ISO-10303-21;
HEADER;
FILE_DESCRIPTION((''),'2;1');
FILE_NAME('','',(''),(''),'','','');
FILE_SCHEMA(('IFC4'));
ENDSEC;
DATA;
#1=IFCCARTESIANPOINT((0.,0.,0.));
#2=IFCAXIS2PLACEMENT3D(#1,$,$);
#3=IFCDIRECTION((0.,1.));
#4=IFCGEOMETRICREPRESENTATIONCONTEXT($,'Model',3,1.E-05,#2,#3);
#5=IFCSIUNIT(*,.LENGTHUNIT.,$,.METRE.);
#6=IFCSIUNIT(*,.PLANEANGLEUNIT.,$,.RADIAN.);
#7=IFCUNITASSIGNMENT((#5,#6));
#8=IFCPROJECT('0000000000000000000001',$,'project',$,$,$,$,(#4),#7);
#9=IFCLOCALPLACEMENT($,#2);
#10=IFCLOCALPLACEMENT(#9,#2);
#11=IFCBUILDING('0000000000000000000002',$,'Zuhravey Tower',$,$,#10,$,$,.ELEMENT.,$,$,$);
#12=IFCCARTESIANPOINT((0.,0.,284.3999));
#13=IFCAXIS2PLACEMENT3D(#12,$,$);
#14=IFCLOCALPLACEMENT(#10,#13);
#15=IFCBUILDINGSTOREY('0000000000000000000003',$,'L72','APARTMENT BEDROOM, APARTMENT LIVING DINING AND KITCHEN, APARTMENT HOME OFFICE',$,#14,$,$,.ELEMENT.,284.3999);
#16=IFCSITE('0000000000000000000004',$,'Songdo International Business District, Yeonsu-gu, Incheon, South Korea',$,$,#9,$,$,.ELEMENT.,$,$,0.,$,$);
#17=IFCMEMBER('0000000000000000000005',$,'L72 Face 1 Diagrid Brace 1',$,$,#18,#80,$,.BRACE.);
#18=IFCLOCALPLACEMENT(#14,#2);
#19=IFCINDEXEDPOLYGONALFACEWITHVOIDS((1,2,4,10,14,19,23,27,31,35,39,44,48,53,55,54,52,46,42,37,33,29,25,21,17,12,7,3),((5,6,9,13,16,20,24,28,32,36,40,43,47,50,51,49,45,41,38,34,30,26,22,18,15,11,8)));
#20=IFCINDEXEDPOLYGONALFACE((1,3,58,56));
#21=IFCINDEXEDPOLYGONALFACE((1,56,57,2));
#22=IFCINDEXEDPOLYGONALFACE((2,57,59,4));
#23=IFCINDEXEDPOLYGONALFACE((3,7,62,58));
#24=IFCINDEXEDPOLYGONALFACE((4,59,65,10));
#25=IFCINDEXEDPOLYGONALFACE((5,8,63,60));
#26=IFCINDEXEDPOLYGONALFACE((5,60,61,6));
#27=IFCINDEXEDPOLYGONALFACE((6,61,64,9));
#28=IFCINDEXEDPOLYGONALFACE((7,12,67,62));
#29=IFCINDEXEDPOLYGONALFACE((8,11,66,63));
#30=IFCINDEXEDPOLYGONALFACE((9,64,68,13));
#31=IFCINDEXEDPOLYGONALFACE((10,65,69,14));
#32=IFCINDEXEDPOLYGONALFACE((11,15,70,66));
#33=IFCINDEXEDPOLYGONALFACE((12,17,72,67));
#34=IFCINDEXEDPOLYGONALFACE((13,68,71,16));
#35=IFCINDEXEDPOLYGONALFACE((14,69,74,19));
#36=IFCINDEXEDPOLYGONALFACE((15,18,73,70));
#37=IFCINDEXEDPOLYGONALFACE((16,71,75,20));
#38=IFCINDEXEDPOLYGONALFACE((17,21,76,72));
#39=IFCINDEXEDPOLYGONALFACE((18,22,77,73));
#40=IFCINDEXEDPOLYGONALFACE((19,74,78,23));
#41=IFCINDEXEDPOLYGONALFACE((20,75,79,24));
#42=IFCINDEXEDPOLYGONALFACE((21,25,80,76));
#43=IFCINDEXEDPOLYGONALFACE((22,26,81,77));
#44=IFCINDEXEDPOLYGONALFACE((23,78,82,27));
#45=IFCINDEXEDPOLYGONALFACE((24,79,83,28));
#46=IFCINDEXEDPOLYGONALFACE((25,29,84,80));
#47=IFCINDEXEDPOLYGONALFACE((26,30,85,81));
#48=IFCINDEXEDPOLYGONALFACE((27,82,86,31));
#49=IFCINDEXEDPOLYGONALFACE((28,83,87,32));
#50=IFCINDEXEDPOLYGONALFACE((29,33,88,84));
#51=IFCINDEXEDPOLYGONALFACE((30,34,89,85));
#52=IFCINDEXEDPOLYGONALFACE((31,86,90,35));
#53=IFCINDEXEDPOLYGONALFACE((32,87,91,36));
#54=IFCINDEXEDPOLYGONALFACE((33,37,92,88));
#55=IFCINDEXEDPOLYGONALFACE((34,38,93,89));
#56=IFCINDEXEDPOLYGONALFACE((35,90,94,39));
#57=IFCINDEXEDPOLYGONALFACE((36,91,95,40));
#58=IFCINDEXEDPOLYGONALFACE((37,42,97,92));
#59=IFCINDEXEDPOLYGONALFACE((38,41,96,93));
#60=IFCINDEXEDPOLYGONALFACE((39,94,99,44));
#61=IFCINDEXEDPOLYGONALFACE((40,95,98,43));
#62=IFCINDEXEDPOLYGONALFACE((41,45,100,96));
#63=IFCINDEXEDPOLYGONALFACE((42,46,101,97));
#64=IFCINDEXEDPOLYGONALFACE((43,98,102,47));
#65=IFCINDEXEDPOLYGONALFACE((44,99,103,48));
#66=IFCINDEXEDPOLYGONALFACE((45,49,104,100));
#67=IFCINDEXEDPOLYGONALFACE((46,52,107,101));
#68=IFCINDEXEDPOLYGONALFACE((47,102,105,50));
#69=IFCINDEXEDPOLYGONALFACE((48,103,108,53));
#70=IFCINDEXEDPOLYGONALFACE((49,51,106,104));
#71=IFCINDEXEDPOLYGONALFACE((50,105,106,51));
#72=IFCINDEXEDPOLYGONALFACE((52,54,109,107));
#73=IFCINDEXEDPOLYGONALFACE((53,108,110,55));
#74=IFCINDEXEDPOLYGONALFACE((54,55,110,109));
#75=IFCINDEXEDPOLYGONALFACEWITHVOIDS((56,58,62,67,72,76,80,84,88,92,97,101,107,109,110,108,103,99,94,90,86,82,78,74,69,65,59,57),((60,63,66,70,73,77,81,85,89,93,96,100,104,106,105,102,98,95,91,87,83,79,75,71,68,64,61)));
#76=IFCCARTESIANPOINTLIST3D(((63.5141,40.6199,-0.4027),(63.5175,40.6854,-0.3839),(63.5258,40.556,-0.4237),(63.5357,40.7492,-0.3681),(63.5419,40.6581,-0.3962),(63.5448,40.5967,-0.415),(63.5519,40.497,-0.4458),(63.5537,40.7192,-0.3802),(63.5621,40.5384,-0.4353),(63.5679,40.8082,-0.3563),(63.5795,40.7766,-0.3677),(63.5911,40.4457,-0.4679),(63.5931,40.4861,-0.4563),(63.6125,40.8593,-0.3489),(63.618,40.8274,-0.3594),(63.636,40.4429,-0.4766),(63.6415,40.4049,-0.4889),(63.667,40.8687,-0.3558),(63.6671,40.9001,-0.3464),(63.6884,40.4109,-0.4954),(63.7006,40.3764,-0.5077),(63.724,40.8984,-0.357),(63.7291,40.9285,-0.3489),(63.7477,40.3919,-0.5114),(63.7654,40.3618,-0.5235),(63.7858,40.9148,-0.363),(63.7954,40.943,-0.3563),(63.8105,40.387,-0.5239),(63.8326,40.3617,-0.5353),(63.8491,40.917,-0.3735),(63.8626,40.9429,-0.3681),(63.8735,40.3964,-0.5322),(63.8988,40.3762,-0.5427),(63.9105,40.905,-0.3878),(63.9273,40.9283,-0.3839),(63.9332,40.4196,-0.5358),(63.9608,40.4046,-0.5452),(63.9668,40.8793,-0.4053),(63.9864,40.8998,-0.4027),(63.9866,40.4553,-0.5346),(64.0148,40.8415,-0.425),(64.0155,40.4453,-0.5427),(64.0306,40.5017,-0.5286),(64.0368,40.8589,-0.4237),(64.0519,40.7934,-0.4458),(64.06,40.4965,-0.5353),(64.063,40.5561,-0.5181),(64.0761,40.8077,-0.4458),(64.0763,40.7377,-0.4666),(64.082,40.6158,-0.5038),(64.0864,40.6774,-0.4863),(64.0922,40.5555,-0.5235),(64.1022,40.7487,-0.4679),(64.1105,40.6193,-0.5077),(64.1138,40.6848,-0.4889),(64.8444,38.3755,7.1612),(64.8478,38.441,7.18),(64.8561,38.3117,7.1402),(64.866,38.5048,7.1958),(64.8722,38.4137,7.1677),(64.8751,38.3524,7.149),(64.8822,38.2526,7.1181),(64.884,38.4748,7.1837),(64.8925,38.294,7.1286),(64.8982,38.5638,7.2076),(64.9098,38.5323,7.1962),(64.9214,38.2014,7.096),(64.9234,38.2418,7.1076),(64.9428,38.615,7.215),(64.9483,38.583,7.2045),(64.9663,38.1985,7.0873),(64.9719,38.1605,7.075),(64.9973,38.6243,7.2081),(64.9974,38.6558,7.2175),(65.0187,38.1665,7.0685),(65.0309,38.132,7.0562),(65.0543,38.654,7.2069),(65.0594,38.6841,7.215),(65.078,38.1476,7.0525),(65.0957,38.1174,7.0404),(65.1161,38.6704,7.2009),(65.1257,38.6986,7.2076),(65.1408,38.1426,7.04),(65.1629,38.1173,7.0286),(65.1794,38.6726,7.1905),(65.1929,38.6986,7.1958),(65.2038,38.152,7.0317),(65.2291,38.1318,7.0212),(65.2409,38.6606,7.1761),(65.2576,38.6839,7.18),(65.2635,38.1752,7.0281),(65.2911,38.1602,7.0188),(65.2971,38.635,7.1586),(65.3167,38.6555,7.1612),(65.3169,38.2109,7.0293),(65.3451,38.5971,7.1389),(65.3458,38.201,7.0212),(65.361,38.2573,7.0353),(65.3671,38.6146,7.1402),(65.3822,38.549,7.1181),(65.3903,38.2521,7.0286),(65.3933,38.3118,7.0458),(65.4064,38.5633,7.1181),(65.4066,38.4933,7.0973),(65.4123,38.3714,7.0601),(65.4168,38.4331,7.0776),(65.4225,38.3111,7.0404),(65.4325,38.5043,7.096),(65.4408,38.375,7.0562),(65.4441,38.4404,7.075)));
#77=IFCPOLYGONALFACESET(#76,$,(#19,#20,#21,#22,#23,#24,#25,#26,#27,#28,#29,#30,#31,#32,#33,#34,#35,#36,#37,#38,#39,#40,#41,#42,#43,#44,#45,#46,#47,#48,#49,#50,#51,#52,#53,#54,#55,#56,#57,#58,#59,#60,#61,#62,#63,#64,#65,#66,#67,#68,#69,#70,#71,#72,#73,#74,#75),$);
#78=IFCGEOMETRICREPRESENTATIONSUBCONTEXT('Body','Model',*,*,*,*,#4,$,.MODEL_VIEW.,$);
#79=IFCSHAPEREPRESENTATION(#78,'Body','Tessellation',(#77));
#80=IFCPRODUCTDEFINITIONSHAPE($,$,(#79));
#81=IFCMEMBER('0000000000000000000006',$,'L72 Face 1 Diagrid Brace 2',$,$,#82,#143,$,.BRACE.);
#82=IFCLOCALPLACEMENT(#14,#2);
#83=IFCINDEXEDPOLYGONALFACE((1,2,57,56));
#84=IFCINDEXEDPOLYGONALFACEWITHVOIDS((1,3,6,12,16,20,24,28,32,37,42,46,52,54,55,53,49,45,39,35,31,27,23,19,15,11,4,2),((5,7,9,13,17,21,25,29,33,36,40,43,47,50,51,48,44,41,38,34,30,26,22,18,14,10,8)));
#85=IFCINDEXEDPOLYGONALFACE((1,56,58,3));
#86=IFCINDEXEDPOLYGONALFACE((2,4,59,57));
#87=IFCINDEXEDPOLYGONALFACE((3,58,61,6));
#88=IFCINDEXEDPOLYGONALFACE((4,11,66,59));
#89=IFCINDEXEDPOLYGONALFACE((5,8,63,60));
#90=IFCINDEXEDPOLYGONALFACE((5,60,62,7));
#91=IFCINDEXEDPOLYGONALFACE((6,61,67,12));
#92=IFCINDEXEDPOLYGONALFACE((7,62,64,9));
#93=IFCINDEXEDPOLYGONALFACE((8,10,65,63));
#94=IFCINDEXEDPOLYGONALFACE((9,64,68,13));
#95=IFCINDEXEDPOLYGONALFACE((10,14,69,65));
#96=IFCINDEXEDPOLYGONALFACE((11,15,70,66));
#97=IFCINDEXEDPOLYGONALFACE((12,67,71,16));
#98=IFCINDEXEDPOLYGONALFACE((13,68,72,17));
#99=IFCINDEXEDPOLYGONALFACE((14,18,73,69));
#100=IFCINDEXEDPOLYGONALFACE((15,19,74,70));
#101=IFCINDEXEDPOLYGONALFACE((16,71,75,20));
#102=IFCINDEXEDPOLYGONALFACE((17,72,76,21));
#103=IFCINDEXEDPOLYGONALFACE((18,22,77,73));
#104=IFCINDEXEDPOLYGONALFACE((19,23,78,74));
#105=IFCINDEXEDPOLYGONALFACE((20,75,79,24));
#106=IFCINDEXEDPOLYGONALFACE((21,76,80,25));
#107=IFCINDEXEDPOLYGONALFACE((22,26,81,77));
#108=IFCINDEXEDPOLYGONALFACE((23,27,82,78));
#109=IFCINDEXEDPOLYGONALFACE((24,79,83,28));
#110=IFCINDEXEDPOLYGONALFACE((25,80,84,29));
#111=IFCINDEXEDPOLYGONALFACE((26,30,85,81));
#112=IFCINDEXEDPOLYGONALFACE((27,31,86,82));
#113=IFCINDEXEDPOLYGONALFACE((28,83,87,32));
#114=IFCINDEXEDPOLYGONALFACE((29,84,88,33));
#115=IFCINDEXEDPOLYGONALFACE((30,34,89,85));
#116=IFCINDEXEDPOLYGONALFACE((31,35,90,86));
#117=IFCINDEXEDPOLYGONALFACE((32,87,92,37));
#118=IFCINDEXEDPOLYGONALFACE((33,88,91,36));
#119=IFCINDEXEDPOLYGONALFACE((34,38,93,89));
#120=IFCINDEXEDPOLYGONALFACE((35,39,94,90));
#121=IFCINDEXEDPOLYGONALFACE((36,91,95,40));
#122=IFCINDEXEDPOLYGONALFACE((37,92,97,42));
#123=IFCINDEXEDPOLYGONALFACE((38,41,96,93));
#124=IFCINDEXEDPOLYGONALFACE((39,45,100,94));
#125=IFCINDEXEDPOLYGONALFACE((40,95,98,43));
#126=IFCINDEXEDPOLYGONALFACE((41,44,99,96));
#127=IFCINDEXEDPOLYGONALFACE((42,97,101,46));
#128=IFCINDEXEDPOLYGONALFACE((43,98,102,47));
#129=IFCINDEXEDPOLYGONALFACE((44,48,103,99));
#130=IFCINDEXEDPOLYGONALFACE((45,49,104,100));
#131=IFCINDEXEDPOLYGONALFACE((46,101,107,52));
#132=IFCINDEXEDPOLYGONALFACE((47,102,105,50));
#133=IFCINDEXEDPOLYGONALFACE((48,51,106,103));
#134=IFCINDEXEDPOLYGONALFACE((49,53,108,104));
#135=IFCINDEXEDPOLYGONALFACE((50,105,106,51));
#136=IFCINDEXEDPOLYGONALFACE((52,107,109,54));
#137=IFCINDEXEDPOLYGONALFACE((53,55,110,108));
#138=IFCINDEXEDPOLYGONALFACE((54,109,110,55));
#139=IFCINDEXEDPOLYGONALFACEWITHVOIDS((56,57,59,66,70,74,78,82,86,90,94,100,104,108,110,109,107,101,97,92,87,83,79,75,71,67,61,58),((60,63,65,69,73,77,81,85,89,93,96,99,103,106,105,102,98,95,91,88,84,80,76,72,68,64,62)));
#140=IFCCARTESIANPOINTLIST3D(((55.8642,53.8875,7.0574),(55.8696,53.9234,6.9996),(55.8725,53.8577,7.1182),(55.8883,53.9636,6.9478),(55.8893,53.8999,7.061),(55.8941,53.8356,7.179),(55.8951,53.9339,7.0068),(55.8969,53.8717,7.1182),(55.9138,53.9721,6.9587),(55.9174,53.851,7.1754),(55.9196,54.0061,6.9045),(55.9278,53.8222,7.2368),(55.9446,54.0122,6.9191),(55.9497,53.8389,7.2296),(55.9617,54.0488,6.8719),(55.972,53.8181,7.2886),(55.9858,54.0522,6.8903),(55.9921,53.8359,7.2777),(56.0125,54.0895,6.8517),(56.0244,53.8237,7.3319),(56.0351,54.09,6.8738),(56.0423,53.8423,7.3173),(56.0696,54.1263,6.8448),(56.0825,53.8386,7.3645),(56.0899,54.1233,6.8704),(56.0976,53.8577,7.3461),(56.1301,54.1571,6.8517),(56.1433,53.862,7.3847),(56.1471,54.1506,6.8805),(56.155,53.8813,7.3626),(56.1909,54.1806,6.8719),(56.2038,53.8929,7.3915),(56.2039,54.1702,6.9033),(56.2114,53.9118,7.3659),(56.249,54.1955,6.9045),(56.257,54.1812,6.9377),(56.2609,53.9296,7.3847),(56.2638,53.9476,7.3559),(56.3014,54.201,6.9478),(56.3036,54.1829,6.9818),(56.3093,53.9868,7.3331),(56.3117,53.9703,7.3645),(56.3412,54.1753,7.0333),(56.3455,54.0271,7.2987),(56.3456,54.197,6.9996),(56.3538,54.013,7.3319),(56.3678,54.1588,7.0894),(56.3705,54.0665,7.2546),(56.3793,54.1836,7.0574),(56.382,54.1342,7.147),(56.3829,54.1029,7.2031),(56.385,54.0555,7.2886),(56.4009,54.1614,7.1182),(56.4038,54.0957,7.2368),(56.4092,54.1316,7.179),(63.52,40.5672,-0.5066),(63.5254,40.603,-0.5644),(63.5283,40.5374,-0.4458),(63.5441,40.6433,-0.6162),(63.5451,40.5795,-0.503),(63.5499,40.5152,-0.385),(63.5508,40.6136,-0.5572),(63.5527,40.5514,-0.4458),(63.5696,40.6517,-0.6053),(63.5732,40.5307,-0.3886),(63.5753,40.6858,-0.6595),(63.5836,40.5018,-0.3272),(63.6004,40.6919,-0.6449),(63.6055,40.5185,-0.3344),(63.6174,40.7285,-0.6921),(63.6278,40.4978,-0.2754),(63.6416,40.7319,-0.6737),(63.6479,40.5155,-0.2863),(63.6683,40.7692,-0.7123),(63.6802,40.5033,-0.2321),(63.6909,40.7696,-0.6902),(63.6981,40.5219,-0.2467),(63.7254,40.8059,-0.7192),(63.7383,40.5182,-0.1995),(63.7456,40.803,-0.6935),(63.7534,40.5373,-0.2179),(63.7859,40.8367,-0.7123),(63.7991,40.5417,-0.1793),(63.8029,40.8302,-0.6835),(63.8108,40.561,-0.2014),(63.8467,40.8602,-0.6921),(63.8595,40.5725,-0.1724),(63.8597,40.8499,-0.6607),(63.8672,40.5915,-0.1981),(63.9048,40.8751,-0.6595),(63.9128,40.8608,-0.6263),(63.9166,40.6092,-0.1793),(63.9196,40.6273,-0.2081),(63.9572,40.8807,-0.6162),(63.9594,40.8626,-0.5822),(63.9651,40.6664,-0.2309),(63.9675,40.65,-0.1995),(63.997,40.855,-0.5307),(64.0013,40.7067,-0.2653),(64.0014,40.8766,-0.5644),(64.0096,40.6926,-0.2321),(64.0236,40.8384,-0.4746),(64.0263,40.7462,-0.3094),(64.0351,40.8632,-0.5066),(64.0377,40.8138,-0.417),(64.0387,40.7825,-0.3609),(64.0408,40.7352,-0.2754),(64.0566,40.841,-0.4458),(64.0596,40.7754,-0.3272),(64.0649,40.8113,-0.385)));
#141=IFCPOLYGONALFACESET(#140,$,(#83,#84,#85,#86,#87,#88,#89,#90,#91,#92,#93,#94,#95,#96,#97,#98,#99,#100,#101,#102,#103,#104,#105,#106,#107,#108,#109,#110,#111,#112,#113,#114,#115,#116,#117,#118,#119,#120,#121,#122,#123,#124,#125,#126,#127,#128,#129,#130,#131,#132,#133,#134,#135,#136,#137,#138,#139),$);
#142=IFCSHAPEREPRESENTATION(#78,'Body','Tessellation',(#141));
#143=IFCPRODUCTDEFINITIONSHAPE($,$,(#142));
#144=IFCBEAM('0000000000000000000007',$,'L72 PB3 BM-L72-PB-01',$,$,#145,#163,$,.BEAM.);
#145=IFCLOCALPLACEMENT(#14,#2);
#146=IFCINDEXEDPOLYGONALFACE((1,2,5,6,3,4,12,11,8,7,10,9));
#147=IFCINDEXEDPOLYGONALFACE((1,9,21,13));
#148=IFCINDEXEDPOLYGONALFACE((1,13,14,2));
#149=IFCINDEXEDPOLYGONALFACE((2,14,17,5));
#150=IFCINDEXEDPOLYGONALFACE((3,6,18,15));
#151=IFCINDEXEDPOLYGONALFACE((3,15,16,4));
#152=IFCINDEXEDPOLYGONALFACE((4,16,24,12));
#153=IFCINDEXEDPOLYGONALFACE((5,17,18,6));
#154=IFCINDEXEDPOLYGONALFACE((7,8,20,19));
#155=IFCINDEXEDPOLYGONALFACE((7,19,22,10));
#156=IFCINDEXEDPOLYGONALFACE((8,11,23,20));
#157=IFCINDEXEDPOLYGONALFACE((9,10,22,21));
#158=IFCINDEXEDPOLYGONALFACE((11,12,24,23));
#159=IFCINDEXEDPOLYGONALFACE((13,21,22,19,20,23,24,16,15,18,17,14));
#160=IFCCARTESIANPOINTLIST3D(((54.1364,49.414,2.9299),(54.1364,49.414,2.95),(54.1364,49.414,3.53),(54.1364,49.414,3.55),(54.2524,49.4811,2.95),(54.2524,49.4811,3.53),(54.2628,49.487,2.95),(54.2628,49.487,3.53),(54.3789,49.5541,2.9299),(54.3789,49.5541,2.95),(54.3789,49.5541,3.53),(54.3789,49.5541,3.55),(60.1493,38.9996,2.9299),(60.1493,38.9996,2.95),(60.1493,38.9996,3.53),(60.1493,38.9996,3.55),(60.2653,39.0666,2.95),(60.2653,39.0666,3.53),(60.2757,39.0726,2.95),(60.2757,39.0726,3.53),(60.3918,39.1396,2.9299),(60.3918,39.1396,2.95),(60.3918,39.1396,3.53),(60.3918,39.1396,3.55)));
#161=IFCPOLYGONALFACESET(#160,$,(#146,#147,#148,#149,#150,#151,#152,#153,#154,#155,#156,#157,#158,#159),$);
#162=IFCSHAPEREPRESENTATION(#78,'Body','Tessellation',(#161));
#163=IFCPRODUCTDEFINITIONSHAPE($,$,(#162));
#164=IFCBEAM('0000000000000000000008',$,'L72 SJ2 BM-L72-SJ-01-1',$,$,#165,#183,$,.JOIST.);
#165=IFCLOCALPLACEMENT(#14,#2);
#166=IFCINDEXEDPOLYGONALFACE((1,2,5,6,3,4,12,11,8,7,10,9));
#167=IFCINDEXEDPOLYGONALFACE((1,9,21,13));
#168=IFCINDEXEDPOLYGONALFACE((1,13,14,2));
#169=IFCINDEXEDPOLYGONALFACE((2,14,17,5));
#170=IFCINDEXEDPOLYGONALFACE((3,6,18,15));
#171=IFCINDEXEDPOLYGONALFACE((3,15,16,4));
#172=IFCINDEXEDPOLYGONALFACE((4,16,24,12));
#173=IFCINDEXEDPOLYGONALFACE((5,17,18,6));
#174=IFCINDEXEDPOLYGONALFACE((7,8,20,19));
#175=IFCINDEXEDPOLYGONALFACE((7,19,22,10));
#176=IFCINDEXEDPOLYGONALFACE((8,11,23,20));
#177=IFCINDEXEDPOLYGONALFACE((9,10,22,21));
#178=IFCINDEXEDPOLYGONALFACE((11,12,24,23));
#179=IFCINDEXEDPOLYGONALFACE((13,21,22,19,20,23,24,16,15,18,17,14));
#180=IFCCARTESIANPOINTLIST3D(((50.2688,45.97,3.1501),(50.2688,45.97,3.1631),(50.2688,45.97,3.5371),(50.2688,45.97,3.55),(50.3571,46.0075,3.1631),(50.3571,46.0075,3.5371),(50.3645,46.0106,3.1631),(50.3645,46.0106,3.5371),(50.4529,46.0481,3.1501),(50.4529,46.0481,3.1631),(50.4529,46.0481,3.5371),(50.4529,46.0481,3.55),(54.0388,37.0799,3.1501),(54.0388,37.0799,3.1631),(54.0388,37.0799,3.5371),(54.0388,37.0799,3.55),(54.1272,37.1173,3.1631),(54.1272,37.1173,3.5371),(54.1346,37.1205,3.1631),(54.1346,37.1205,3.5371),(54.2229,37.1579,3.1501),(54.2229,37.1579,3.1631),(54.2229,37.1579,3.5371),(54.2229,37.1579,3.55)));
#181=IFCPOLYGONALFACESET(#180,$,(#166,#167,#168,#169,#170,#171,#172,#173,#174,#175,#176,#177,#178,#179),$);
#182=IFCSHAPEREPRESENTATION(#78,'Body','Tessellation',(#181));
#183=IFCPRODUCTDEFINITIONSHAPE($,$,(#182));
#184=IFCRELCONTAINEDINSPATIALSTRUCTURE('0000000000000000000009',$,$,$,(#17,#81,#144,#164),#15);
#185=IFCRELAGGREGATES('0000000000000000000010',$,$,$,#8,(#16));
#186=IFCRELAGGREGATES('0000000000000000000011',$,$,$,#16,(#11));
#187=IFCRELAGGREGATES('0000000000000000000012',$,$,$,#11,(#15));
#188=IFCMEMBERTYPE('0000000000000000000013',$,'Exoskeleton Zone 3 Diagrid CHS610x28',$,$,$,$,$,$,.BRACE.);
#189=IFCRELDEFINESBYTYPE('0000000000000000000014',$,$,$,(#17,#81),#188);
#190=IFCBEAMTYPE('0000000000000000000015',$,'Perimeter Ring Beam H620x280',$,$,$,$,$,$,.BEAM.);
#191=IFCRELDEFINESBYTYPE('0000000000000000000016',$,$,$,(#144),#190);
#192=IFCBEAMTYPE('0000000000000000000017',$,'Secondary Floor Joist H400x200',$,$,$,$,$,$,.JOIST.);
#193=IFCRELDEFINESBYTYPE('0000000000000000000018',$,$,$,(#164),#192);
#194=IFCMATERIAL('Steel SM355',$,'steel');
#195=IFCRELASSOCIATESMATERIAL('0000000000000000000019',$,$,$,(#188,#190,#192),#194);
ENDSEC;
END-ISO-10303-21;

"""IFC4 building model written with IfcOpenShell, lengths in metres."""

from ifc_helpers import new_model, si_unit, direction, frame, origin, origin_2d, place, context, subcontext, project, spatial, hollow_circle, i_section, extrude, material, material_profile, profile_set, type_object, element, save


model = new_model("IFC4")

# Units and contexts
model_context = context("Model", 3, precision=1e-05, world=origin(), true_north=direction((0.0, 1.0)))
body_context = subcontext(model_context, "Body", "Model", "MODEL_VIEW")
ifc_project = project(units=[si_unit("LENGTHUNIT", "METRE"), si_unit("PLANEANGLEUNIT", "RADIAN")], contexts=[model_context])

# Site, building, storey
site_placement = place(None, origin())
site = spatial("IfcSite", under=ifc_project, at=site_placement, Name="Songdo International Business District, Yeonsu-gu, Incheon, South Korea", CompositionType="ELEMENT", RefElevation=0.0)
building_placement = place(site_placement, origin())
building = spatial("IfcBuilding", under=site, at=building_placement, Name="Zuhravey Tower", CompositionType="ELEMENT")
storey_placement = place(building_placement, frame((0.0, 0.0, 284.3999)))
storey = spatial("IfcBuildingStorey", under=building, at=storey_placement, Name="L72", Description="APARTMENT BEDROOM, APARTMENT LIVING DINING AND KITCHEN, APARTMENT HOME OFFICE", CompositionType="ELEMENT", Elevation=284.3999)

# Members
ifc_material_1 = material(Name="Steel SM355", Category="steel")
ifc_material_profile_1 = material_profile(ifc_material_1, hollow_circle(Radius=0.3047, WallThickness=0.0281, at=origin_2d()), Name="CHS-609.6x28")
ifc_profile_set_1 = profile_set([ifc_material_profile_1], Name="Steel SM355")
member_type_1 = type_object("IfcMemberType", Name="Exoskeleton Zone 3 Diagrid CHS610x28", PredefinedType="BRACE", material=ifc_profile_set_1)
member_1_placement = place(storey_placement, frame((63.814, 40.6523, -0.4458), z_axis=(0.166264, -0.280503, 0.945344), x_axis=(0.860238, 0.509892, 0.0)))
element("IfcMember", 1, at=member_1_placement, inside=storey, type_object=member_type_1, Name="L72 Face 1 Diagrid Brace 1", PredefinedType="BRACE", context=body_context, shape_type="SweptSolid", body=[
    extrude(hollow_circle(Radius=0.3047, WallThickness=0.0281, at=origin_2d()), origin(), (0.0, 0.0, 1.0), 8.0012),
])
member_2_placement = place(storey_placement, frame((63.7925, 40.6892, -0.4458), z_axis=(-0.44706, 0.777843, 0.441699), x_axis=(-0.867002, -0.498304, 0.0)))
element("IfcMember", 2, at=member_2_placement, inside=storey, type_object=member_type_1, Name="L72 Face 1 Diagrid Brace 2", PredefinedType="BRACE", context=body_context, shape_type="SweptSolid", body=[
    extrude(hollow_circle(Radius=0.3047, WallThickness=0.0281, at=origin_2d()), origin(), (0.0, 0.0, 1.0), 17.1248),
])

# Beams
ifc_material_profile_2 = material_profile(ifc_material_1, i_section(OverallWidth=0.28, OverallDepth=0.6201, WebThickness=0.012, FlangeThickness=0.02, at=origin_2d()), Name="H-620x280x12x20")
ifc_profile_set_2 = profile_set([ifc_material_profile_2], Name="Steel SM355")
beam_type_1 = type_object("IfcBeamType", Name="Perimeter Ring Beam H620x280", PredefinedType="BEAM", material=ifc_profile_set_2)
beam_1_placement = place(storey_placement, frame((60.2705, 39.0696, 3.24), z_axis=(-0.500006, 0.866022, 0.0), x_axis=(-0.866022, -0.500006, 0.0)))
element("IfcBeam", 3, at=beam_1_placement, inside=storey, type_object=beam_type_1, Name="L72 PB3 BM-L72-PB-01", PredefinedType="BEAM", context=body_context, shape_type="SweptSolid", body=[
    extrude(i_section(OverallWidth=0.28, OverallDepth=0.6201, WebThickness=0.012, FlangeThickness=0.02, at=origin_2d()), origin(), (0.0, 0.0, 1.0), 12.0256),
])
ifc_material_profile_3 = material_profile(ifc_material_1, i_section(OverallWidth=0.2, OverallDepth=0.3999, WebThickness=0.0081, FlangeThickness=0.0129, at=origin_2d()), Name="H-400x200x8x13")
ifc_profile_set_3 = profile_set([ifc_material_profile_3], Name="Steel SM355")
beam_type_2 = type_object("IfcBeamType", Name="Secondary Floor Joist H400x200", PredefinedType="JOIST", material=ifc_profile_set_3)
beam_2_placement = place(storey_placement, frame((54.1309, 37.1189, 3.3501), z_axis=(-0.390413, 0.92064, 0.0), x_axis=(-0.92064, -0.390413, 0.0)))
element("IfcBeam", 4, at=beam_2_placement, inside=storey, type_object=beam_type_2, Name="L72 SJ2 BM-L72-SJ-01-1", PredefinedType="JOIST", context=body_context, shape_type="SweptSolid", body=[
    extrude(i_section(OverallWidth=0.2, OverallDepth=0.3999, WebThickness=0.0081, FlangeThickness=0.0129, at=origin_2d()), origin(), (0.0, 0.0, 1.0), 9.6565),
])

save(model, "model.ifc")
